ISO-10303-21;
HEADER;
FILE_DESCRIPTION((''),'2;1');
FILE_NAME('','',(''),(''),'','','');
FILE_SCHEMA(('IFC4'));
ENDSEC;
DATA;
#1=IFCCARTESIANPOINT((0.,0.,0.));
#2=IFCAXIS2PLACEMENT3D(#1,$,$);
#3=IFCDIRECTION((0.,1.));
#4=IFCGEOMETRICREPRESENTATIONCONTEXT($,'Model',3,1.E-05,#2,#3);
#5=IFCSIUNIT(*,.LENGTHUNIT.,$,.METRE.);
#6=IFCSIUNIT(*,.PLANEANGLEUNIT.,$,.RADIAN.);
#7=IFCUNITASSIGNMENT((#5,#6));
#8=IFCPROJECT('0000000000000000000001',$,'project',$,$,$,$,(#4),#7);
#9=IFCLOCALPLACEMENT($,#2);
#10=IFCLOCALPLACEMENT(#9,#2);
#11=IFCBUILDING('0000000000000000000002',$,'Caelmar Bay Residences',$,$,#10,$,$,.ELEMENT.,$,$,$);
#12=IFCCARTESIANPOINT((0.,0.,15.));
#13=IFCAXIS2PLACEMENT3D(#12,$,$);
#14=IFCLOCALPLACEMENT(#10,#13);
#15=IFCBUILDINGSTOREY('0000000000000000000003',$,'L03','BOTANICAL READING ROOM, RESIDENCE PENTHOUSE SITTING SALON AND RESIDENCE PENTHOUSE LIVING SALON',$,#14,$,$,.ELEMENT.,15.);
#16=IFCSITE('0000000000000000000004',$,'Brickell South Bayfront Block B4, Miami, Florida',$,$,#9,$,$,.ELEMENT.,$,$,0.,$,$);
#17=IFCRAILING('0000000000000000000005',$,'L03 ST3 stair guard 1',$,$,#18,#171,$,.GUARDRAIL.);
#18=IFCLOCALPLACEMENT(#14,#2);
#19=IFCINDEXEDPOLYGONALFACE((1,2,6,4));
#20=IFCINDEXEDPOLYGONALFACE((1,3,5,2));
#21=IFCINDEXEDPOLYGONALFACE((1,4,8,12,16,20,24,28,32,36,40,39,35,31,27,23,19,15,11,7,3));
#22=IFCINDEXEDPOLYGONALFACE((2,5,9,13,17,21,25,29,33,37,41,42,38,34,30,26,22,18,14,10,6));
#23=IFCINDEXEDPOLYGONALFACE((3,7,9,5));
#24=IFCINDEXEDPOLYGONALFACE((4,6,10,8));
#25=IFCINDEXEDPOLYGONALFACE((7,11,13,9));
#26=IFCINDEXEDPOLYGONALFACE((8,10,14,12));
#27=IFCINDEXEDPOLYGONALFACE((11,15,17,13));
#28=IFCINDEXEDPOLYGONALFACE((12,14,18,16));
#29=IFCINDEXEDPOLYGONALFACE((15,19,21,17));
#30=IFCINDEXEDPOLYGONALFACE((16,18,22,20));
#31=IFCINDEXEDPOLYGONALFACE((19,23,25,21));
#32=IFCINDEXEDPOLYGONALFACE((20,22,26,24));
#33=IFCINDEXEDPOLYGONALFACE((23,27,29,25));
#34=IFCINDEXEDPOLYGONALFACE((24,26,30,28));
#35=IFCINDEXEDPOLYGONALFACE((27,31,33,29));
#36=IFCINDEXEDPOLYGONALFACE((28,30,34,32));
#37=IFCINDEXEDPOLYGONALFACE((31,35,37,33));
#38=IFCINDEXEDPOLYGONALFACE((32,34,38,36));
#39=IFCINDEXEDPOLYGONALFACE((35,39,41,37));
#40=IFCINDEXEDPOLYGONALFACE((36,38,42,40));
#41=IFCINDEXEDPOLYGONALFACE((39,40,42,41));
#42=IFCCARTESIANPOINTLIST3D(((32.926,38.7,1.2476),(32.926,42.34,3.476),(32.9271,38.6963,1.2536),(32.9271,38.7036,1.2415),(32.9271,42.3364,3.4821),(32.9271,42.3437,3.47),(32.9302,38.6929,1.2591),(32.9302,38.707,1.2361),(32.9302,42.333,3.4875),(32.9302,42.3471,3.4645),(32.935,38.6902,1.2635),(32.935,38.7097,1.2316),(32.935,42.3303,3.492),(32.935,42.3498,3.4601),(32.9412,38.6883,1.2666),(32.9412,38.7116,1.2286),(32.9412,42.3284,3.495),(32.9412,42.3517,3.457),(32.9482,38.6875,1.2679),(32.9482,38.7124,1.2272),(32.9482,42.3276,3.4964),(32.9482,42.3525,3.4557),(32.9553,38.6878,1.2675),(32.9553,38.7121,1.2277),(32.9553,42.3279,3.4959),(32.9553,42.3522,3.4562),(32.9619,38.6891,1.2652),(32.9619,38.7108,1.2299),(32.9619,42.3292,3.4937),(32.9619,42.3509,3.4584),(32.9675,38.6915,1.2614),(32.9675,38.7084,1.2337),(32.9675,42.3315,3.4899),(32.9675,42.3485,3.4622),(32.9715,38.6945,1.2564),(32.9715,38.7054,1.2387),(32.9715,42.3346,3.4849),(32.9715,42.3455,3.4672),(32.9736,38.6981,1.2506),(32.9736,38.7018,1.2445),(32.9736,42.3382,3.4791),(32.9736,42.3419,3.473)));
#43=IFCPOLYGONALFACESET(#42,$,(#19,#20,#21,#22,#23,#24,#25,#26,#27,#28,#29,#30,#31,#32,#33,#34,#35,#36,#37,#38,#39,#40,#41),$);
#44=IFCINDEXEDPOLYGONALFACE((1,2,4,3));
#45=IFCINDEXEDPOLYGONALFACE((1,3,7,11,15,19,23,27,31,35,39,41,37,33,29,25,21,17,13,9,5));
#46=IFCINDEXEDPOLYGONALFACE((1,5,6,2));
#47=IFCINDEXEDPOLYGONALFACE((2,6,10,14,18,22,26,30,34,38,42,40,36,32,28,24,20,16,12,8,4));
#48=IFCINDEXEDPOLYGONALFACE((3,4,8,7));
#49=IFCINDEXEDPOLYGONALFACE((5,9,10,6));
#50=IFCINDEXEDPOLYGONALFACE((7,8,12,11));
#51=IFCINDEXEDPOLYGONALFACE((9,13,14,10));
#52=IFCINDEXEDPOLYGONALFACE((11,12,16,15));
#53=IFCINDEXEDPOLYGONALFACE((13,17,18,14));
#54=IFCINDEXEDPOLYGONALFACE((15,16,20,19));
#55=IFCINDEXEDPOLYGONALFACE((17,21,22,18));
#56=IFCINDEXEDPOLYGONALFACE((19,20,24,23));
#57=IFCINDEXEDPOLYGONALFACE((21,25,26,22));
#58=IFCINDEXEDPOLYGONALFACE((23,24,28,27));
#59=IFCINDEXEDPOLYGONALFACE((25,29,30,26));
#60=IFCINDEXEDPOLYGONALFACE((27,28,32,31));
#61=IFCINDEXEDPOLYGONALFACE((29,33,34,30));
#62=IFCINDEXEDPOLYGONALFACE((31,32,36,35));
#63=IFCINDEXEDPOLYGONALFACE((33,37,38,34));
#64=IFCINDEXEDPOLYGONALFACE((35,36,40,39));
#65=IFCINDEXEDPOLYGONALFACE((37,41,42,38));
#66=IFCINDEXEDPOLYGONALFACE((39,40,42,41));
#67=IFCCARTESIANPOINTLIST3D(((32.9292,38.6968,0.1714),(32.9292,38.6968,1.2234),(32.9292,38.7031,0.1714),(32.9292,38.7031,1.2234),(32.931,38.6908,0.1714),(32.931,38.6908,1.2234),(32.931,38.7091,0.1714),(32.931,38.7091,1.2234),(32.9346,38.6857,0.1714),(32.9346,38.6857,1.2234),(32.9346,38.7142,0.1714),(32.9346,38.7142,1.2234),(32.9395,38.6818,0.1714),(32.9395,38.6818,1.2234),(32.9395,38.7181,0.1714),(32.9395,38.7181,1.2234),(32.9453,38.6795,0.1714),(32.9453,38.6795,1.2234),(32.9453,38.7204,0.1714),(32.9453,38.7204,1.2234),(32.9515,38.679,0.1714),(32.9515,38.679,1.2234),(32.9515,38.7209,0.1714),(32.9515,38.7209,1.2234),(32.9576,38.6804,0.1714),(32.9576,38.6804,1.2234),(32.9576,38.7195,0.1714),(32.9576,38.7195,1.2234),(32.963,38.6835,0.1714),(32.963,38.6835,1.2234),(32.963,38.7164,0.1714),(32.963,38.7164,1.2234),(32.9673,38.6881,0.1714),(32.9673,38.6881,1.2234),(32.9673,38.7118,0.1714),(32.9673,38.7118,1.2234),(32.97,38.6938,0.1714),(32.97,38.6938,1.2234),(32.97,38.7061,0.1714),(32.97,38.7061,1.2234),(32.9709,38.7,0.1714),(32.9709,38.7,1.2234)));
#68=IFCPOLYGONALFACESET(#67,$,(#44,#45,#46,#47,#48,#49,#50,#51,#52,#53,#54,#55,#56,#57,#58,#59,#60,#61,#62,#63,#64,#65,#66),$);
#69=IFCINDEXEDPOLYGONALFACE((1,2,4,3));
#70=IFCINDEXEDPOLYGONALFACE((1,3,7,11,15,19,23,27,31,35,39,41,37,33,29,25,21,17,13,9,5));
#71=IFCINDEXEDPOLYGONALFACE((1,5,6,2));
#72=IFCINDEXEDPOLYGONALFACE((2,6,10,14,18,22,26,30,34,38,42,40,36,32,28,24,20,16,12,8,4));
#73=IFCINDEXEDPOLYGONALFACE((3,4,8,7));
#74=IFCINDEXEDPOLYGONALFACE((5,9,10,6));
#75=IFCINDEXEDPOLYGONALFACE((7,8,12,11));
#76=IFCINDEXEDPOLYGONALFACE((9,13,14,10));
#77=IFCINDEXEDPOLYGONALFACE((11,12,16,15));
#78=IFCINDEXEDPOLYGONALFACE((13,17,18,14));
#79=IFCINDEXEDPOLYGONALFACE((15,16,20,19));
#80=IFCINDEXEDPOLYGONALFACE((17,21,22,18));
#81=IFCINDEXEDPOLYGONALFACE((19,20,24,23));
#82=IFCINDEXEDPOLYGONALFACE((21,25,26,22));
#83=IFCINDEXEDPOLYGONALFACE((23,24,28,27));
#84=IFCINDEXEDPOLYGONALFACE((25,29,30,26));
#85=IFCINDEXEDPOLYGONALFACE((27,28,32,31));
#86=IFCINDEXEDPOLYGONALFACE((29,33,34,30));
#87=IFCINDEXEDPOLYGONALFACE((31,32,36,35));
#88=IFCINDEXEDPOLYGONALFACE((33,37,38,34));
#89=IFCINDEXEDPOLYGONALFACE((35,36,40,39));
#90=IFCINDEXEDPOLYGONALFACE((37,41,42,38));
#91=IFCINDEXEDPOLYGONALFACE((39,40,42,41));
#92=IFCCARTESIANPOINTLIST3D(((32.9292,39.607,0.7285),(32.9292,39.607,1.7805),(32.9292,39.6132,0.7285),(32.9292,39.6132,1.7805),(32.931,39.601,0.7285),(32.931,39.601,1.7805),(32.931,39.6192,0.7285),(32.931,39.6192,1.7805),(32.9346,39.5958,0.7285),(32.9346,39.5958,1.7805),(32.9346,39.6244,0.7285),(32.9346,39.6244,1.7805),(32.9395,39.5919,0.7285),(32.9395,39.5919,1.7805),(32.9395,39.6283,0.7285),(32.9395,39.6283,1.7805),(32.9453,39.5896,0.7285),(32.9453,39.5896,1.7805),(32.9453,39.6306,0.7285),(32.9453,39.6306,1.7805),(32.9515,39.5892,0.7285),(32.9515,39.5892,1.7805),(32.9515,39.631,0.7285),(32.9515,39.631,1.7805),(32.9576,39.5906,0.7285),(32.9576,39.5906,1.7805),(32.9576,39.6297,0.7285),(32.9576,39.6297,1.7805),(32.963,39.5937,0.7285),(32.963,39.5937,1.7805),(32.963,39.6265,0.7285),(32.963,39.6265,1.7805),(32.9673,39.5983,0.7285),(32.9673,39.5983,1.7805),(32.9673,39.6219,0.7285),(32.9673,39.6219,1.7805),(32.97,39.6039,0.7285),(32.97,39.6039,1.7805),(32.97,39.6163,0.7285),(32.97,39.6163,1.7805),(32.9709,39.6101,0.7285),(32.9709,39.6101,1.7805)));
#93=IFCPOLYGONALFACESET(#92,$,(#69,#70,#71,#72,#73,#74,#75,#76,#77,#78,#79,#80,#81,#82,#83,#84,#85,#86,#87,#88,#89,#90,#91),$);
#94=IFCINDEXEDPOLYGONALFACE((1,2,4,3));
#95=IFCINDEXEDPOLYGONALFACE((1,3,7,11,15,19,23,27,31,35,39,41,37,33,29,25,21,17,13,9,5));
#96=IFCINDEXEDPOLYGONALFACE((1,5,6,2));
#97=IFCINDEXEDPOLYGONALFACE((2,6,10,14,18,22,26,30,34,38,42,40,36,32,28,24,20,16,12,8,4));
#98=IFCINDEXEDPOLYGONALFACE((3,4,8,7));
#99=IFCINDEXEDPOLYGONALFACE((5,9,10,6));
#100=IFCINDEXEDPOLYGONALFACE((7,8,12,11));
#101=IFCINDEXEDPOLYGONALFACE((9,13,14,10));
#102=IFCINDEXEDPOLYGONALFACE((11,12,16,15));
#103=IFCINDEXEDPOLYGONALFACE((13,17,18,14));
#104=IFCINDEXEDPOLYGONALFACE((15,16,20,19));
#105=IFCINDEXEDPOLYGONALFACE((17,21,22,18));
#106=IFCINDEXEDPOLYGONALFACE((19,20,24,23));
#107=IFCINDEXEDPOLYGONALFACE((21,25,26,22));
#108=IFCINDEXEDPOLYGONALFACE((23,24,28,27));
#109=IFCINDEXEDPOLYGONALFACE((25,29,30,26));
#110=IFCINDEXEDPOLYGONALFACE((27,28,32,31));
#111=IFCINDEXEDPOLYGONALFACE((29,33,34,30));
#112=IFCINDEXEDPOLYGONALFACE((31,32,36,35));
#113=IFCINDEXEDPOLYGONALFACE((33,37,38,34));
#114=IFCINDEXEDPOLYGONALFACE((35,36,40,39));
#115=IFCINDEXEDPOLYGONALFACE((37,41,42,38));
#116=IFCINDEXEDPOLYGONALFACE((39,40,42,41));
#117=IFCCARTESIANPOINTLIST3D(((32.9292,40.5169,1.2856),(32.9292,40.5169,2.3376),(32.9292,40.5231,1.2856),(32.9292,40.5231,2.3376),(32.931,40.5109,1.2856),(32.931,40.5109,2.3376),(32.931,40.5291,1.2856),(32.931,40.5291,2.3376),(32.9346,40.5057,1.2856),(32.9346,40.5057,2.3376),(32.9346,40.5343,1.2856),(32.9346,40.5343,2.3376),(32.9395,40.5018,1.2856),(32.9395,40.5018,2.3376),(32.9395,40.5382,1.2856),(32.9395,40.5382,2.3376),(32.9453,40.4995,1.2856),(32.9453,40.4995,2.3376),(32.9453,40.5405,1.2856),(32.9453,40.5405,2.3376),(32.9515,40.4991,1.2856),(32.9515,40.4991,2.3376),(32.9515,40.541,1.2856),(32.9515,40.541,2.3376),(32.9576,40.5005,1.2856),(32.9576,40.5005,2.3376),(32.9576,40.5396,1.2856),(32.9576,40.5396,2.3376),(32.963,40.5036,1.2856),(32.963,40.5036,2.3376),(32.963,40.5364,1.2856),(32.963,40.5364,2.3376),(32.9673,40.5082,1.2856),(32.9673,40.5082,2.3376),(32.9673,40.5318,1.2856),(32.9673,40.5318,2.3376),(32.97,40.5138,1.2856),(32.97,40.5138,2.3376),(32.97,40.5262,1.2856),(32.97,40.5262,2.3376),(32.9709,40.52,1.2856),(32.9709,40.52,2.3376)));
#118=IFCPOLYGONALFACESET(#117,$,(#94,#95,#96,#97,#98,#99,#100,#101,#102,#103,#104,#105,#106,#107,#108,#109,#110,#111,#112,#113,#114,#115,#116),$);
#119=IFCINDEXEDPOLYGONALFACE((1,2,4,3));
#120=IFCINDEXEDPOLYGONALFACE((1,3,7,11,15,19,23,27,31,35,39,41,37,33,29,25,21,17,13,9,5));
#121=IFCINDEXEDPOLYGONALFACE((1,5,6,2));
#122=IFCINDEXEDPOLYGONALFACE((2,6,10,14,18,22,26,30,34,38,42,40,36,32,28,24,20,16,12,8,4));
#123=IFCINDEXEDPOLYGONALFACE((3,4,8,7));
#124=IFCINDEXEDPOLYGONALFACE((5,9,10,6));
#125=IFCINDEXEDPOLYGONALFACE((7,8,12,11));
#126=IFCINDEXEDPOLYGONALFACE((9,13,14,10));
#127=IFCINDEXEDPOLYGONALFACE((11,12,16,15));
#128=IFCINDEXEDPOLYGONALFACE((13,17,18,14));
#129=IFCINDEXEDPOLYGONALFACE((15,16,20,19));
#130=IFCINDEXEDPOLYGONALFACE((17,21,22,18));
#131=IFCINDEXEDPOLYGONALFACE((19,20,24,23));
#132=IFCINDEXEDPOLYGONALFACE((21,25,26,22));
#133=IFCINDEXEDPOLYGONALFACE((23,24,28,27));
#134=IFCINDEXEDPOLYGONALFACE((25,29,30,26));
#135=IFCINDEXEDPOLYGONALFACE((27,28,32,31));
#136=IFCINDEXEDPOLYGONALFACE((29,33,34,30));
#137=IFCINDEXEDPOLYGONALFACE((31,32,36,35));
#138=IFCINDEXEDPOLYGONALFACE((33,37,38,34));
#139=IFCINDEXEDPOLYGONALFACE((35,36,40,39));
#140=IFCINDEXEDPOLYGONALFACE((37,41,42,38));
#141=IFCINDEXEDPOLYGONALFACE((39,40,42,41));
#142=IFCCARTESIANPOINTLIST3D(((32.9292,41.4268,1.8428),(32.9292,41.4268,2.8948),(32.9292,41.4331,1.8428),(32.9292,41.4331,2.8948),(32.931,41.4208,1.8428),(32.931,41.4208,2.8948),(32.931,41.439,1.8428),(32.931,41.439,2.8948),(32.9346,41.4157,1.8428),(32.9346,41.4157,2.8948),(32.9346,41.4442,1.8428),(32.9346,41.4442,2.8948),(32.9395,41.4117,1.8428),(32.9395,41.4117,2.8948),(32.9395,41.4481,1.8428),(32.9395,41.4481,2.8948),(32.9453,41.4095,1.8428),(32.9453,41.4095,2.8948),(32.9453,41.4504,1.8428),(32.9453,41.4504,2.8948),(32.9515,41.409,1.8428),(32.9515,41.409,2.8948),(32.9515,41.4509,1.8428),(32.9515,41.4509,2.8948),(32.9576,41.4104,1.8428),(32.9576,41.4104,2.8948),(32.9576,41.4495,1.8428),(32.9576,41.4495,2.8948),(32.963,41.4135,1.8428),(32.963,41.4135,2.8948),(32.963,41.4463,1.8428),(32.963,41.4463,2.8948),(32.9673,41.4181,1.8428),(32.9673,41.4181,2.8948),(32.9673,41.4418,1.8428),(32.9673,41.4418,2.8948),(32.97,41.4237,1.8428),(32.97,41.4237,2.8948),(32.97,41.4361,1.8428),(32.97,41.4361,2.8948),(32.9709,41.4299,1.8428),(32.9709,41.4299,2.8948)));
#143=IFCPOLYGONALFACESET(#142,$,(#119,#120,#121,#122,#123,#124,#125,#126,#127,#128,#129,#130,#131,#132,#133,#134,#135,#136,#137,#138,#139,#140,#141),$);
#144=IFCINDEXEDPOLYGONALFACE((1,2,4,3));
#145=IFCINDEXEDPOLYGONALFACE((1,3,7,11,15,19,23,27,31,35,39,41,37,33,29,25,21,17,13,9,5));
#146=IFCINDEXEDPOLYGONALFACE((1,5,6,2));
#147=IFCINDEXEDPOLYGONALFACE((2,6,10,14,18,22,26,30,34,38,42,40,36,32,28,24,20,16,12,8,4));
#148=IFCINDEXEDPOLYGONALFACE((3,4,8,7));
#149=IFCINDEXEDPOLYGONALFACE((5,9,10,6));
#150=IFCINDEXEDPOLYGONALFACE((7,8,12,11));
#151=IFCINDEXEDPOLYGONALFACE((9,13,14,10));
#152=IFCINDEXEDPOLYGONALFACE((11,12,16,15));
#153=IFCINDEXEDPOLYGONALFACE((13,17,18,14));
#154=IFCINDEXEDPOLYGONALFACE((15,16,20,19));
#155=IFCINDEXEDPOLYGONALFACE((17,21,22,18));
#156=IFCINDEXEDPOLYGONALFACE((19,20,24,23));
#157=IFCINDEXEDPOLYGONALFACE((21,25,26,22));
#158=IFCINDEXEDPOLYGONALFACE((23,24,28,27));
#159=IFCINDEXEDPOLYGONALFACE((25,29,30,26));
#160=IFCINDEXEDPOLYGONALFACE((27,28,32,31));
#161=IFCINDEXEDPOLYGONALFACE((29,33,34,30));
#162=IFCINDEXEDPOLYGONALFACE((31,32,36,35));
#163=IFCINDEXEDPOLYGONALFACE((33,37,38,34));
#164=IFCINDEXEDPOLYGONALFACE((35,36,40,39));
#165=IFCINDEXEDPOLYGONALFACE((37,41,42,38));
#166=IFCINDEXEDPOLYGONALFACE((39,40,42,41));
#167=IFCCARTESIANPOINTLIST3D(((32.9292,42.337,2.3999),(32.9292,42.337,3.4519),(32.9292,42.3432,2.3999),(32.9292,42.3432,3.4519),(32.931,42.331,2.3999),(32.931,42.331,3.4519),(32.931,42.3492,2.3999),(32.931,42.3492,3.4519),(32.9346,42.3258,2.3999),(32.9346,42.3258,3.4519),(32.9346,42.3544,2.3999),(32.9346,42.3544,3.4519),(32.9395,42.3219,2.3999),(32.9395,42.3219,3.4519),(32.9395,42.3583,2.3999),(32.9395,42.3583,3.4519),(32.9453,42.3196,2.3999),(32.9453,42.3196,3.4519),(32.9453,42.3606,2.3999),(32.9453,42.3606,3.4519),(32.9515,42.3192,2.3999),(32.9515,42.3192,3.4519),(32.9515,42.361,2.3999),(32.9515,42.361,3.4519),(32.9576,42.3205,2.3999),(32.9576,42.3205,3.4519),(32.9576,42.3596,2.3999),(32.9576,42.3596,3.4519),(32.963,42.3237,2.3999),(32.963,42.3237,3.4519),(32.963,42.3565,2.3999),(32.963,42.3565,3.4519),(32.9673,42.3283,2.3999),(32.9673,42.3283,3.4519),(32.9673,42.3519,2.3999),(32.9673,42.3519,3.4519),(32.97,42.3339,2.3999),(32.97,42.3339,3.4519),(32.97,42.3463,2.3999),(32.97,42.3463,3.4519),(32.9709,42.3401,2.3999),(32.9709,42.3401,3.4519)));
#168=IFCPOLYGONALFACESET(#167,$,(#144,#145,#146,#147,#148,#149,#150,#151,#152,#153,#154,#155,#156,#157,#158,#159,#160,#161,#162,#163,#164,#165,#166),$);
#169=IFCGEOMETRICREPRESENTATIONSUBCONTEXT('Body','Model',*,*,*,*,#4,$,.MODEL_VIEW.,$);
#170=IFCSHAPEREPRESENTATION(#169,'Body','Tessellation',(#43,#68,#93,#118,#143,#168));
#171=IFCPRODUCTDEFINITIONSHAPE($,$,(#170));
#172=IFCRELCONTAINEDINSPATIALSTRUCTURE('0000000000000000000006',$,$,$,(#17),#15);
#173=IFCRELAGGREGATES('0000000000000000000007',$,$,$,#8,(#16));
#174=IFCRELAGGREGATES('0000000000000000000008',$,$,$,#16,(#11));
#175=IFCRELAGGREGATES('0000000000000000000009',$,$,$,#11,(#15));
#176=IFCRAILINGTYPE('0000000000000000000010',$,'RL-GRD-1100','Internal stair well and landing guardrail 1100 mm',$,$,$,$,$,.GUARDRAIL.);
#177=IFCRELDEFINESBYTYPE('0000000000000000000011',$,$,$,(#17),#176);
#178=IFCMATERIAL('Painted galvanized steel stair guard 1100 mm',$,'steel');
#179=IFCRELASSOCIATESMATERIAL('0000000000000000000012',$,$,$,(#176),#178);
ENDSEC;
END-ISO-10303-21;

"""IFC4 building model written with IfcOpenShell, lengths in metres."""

from ifc_helpers import new_model, si_unit, direction, frame, origin, origin_2d, place, context, subcontext, project, spatial, circle, extrude, material, type_object, element, save


model = new_model("IFC4")

# Units and contexts
model_context = context("Model", 3, precision=1e-05, world=origin(), true_north=direction((0.0, 1.0)))
body_context = subcontext(model_context, "Body", "Model", "MODEL_VIEW")
ifc_project = project(units=[si_unit("LENGTHUNIT", "METRE"), si_unit("PLANEANGLEUNIT", "RADIAN")], contexts=[model_context])

# Site, building, storey
site_placement = place(None, origin())
site = spatial("IfcSite", under=ifc_project, at=site_placement, Name="Brickell South Bayfront Block B4, Miami, Florida", CompositionType="ELEMENT", RefElevation=0.0)
building_placement = place(site_placement, origin())
building = spatial("IfcBuilding", under=site, at=building_placement, Name="Caelmar Bay Residences", CompositionType="ELEMENT")
storey_placement = place(building_placement, frame((0.0, 0.0, 15.0)))
storey = spatial("IfcBuildingStorey", under=building, at=storey_placement, Name="L03", Description="BOTANICAL READING ROOM, RESIDENCE PENTHOUSE SITTING SALON AND RESIDENCE PENTHOUSE LIVING SALON", CompositionType="ELEMENT", Elevation=15.0)

# Railing
ifc_material_1 = material(Name="Painted galvanized steel stair guard 1100 mm", Category="steel")
railing_type_1 = type_object("IfcRailingType", Name="RL-GRD-1100", Description="Internal stair well and landing guardrail 1100 mm", PredefinedType="GUARDRAIL", material=ifc_material_1)
railing_1_placement = place(storey_placement, frame((32.95, 38.7, 0.1714)))
element("IfcRailing", 1, at=railing_1_placement, inside=storey, type_object=railing_type_1, Name="L03 ST3 stair guard 1", PredefinedType="GUARDRAIL", context=body_context, shape_type="SweptSolid", body=[
    extrude(circle(Radius=0.0239, at=origin_2d()), frame((0.0, 0.0, 1.0762), z_axis=(0.0, 0.852866, 0.52213), x_axis=(-1.0, 0.0, 0.0)), (0.0, 0.0, 1.0), 4.2681),
    extrude(circle(Radius=0.021, at=origin_2d()), origin(), (0.0, 0.0, 1.0), 1.052),
    extrude(circle(Radius=0.021, at=origin_2d()), frame((0.0, 0.9102, 0.5571)), (0.0, 0.0, 1.0), 1.052),
    extrude(circle(Radius=0.021, at=origin_2d()), frame((0.0, 1.8201, 1.1143)), (0.0, 0.0, 1.0), 1.052),
    extrude(circle(Radius=0.021, at=origin_2d()), frame((0.0, 2.73, 1.6714)), (0.0, 0.0, 1.0), 1.052),
    extrude(circle(Radius=0.021, at=origin_2d()), frame((0.0, 3.6401, 2.2285)), (0.0, 0.0, 1.0), 1.052),
])

save(model, "model.ifc")
